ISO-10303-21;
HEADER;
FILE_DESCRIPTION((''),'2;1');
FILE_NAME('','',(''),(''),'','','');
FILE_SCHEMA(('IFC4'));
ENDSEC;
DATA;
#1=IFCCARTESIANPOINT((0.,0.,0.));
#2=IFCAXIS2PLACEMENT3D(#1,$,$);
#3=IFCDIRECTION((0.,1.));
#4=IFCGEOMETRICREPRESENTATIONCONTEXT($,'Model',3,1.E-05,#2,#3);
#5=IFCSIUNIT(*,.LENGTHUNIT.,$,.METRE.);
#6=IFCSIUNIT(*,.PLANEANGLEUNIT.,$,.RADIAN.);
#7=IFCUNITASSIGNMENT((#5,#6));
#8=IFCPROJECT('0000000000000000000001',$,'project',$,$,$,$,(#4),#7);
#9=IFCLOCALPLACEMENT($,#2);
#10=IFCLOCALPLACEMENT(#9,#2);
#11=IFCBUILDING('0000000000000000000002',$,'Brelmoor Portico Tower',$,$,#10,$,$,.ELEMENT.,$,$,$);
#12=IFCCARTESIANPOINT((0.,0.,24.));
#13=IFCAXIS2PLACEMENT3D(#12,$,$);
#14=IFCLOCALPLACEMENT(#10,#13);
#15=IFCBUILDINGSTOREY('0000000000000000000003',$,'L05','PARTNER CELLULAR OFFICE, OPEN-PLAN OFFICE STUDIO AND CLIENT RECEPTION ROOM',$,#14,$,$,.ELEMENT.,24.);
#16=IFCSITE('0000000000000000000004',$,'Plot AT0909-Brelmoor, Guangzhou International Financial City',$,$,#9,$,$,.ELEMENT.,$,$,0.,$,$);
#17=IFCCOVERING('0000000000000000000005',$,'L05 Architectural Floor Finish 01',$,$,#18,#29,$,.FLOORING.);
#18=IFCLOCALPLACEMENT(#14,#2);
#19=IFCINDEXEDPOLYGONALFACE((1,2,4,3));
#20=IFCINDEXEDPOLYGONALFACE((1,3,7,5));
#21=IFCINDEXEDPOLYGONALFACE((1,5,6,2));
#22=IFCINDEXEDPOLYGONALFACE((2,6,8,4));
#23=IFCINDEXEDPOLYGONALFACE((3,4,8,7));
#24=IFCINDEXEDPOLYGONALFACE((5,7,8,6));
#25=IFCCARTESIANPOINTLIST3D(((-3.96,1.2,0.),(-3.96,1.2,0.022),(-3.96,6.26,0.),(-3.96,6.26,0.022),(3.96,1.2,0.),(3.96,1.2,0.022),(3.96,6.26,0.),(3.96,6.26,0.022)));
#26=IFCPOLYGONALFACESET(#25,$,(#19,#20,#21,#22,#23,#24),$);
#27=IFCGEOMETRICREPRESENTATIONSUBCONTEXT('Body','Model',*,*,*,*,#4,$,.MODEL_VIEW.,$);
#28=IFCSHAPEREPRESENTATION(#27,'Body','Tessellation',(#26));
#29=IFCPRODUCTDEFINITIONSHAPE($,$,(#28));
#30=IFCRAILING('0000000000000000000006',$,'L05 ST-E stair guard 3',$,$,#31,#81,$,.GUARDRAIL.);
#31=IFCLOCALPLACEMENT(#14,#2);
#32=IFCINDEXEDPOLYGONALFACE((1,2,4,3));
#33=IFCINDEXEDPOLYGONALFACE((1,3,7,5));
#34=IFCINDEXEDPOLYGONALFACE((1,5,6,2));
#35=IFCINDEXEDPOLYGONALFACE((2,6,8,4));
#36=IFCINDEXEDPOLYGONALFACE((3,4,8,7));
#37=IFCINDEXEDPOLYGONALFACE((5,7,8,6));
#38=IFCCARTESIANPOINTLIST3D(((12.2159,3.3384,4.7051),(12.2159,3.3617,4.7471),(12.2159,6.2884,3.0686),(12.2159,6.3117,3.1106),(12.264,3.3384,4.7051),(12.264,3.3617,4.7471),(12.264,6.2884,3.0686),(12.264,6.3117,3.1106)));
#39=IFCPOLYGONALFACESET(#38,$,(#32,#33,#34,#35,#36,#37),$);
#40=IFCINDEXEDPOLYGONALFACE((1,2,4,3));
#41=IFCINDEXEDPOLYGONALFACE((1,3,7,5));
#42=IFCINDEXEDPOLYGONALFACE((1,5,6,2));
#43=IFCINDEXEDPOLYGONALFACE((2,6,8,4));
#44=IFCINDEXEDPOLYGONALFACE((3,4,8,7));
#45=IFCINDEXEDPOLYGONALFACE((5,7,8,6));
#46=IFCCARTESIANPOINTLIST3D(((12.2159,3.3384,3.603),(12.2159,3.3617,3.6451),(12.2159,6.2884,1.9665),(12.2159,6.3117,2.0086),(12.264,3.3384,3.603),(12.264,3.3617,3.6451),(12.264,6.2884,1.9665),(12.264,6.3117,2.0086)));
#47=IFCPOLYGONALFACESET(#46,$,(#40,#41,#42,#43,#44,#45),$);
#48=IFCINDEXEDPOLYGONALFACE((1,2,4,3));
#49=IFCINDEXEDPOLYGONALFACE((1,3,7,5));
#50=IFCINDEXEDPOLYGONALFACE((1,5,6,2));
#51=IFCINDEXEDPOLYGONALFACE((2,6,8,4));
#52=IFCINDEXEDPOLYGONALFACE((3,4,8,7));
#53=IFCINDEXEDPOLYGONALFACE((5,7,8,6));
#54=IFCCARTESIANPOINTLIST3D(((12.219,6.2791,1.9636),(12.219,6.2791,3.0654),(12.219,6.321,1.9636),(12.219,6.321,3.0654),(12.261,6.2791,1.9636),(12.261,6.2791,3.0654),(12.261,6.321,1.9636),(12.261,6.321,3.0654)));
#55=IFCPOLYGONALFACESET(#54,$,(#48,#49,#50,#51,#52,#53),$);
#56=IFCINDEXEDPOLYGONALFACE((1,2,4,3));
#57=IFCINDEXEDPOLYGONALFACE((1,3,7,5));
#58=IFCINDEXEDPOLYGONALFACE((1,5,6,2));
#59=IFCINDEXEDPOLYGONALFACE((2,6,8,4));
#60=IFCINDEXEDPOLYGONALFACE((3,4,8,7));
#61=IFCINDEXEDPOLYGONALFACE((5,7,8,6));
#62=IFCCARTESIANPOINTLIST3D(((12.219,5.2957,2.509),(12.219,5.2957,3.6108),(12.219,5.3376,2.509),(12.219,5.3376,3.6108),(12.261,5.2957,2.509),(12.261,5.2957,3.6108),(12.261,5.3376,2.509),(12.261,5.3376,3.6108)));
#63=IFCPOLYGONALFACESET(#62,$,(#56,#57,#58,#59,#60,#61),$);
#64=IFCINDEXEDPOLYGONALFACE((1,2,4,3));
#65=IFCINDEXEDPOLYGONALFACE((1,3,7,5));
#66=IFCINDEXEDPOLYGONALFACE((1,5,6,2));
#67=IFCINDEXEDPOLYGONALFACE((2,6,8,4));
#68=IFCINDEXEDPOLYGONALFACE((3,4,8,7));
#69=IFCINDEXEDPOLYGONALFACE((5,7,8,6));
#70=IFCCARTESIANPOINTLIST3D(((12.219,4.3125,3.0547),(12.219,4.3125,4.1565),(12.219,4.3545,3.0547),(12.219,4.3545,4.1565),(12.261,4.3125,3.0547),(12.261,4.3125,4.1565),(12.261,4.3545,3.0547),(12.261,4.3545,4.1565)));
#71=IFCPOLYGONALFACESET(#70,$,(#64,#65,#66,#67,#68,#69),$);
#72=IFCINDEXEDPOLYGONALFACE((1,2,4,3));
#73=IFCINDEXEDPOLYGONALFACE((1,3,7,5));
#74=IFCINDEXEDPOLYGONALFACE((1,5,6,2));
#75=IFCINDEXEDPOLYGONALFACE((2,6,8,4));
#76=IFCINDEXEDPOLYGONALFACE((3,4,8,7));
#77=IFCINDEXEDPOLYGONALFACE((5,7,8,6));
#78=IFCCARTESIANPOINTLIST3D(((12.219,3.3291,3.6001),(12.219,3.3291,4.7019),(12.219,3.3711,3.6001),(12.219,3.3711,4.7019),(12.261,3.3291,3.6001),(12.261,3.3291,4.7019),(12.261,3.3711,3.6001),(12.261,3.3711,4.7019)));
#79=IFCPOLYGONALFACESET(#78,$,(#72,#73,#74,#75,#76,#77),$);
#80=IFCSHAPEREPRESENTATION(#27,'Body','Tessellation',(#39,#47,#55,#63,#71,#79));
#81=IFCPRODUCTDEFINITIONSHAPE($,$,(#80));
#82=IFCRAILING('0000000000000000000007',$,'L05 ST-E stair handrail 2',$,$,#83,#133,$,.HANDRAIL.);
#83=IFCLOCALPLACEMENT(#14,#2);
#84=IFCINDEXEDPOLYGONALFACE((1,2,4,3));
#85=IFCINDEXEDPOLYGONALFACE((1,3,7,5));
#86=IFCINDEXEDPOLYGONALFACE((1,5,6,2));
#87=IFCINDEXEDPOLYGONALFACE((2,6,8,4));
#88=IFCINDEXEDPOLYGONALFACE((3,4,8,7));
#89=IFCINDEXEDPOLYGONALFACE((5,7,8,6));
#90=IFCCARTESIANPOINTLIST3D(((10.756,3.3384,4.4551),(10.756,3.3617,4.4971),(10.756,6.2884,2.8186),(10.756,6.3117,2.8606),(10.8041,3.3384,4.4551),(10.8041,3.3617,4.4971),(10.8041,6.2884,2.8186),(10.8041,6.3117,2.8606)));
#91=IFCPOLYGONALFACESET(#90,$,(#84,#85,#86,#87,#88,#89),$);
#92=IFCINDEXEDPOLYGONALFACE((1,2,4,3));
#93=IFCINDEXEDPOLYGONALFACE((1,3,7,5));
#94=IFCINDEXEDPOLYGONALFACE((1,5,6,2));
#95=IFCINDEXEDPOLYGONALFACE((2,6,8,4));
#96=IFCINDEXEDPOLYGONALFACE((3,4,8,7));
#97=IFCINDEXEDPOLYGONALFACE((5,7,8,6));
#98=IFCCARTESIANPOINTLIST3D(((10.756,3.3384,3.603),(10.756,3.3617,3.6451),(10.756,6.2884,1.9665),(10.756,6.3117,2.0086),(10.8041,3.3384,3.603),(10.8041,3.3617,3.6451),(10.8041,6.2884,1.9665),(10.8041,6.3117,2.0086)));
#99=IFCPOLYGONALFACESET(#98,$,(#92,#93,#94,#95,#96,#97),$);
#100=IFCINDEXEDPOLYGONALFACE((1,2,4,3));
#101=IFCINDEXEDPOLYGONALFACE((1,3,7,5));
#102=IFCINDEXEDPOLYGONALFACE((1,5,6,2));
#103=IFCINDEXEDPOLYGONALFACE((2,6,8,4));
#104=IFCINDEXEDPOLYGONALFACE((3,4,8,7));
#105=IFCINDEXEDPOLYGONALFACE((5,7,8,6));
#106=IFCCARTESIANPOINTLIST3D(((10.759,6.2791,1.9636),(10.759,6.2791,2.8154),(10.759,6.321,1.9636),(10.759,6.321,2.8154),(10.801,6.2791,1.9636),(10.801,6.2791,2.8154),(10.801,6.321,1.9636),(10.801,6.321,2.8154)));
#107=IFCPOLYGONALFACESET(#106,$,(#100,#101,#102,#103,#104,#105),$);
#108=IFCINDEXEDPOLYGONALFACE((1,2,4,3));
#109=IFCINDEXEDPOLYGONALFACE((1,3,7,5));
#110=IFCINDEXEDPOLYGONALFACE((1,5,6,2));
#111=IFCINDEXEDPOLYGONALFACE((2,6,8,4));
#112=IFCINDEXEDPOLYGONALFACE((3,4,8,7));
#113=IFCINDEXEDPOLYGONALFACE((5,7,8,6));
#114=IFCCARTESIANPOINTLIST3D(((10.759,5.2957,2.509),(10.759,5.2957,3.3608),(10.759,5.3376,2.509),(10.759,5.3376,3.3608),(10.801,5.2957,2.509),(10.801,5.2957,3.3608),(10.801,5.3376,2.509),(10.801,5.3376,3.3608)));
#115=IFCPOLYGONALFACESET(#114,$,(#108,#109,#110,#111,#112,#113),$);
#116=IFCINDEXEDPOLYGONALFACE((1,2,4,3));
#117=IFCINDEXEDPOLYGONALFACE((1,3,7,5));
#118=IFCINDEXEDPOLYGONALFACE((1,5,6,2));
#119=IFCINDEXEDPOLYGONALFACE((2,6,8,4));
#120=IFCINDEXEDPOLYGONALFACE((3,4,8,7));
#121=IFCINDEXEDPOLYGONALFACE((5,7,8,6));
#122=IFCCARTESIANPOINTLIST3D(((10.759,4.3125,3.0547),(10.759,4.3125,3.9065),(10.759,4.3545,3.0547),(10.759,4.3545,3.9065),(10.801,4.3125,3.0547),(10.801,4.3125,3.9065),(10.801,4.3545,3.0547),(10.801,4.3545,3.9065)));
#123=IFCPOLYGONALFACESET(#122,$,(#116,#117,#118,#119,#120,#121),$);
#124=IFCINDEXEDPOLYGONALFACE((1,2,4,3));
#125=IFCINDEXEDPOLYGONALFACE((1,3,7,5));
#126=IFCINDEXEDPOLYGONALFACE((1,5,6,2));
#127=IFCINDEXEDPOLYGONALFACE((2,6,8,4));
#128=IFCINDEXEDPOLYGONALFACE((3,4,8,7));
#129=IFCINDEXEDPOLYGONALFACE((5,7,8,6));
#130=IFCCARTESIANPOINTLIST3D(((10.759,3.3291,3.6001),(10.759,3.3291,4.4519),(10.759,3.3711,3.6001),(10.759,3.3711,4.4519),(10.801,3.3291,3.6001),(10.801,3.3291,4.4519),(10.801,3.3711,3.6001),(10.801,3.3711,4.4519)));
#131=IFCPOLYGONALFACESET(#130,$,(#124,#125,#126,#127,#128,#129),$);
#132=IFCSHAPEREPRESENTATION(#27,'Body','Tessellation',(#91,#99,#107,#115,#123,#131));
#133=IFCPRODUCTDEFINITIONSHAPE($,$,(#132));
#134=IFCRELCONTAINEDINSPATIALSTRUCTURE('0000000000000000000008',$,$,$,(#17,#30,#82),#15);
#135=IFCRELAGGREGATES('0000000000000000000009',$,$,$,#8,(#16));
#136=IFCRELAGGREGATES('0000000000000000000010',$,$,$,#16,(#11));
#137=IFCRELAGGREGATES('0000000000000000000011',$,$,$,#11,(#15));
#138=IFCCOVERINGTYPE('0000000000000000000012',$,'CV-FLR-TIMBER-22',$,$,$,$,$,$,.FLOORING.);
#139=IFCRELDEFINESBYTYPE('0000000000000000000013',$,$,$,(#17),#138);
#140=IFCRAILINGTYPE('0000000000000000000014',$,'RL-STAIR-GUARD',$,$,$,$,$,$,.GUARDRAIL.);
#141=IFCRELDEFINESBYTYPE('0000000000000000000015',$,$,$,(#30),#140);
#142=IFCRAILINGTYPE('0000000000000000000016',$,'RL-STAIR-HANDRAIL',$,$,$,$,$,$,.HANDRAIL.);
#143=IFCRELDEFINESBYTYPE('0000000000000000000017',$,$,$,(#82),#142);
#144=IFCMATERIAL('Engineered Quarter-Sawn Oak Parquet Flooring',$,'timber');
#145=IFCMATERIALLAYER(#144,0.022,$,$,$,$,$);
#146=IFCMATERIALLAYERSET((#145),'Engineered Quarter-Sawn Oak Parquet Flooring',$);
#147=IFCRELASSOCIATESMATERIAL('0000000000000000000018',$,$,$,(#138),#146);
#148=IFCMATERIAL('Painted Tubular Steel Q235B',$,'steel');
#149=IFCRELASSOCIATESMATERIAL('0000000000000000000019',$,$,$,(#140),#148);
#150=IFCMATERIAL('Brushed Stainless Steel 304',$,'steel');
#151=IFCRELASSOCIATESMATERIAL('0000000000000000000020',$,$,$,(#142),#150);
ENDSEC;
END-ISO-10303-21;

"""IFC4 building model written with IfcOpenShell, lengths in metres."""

from ifc_helpers import new_model, si_unit, direction, frame, origin, origin_2d, place, context, subcontext, project, spatial, polyline, rectangle, outline, extrude, material, layer, layer_set, type_object, element, save


model = new_model("IFC4")

# Units and contexts
model_context = context("Model", 3, precision=1e-05, world=origin(), true_north=direction((0.0, 1.0)))
body_context = subcontext(model_context, "Body", "Model", "MODEL_VIEW")
ifc_project = project(units=[si_unit("LENGTHUNIT", "METRE"), si_unit("PLANEANGLEUNIT", "RADIAN")], contexts=[model_context])

# Site, building, storey
site_placement = place(None, origin())
site = spatial("IfcSite", under=ifc_project, at=site_placement, Name="Plot AT0909-Brelmoor, Guangzhou International Financial City", CompositionType="ELEMENT", RefElevation=0.0)
building_placement = place(site_placement, origin())
building = spatial("IfcBuilding", under=site, at=building_placement, Name="Brelmoor Portico Tower", CompositionType="ELEMENT")
storey_placement = place(building_placement, frame((0.0, 0.0, 24.0)))
storey = spatial("IfcBuildingStorey", under=building, at=storey_placement, Name="L05", Description="PARTNER CELLULAR OFFICE, OPEN-PLAN OFFICE STUDIO AND CLIENT RECEPTION ROOM", CompositionType="ELEMENT", Elevation=24.0)

# Covering
ifc_material_1 = material(Name="Engineered Quarter-Sawn Oak Parquet Flooring", Category="timber")
ifc_layer_1 = layer(ifc_material_1, 0.022)
ifc_layer_set_1 = layer_set([ifc_layer_1], Name="Engineered Quarter-Sawn Oak Parquet Flooring")
covering_type_1 = type_object("IfcCoveringType", Name="CV-FLR-TIMBER-22", PredefinedType="FLOORING", material=ifc_layer_set_1)
covering_1_placement = place(storey_placement, origin())
element("IfcCovering", 1, at=covering_1_placement, inside=storey, type_object=covering_type_1, Name="L05 Architectural Floor Finish 01", PredefinedType="FLOORING", context=body_context, shape_type="SweptSolid", body=[
    extrude(outline(polyline([(-3.96, 1.2), (-3.96, 6.26), (3.96, 6.26), (3.96, 1.2), (-3.96, 1.2)])), origin(), (0.0, 0.0, 1.0), 0.022),
])

# Railings
ifc_material_2 = material(Name="Painted Tubular Steel Q235B", Category="steel")
railing_type_1 = type_object("IfcRailingType", Name="RL-STAIR-GUARD", PredefinedType="GUARDRAIL", material=ifc_material_2)
railing_1_placement = place(storey_placement, frame((12.24, 6.3, 1.9636)))
element("IfcRailing", 2, at=railing_1_placement, inside=storey, type_object=railing_type_1, Name="L05 ST-E stair guard 3", PredefinedType="GUARDRAIL", context=body_context, shape_type="SweptSolid", body=[
    extrude(rectangle(XDim=0.0481, YDim=0.0481, at=origin_2d()), frame((0.0, 0.0, 1.126), z_axis=(0.0, -0.874458, 0.485102), x_axis=(1.0, 0.0, 0.0)), (0.0, 0.0, 1.0), 3.3735),
    extrude(rectangle(XDim=0.0481, YDim=0.0481, at=origin_2d()), frame((0.0, 0.0, 0.0239), z_axis=(0.0, -0.874458, 0.485102), x_axis=(1.0, 0.0, 0.0)), (0.0, 0.0, 1.0), 3.3735),
    extrude(rectangle(XDim=0.042, YDim=0.042, at=origin_2d()), origin(), (0.0, 0.0, 1.0), 1.1018),
    extrude(rectangle(XDim=0.042, YDim=0.042, at=origin_2d()), frame((0.0, -0.9834, 0.5454)), (0.0, 0.0, 1.0), 1.1018),
    extrude(rectangle(XDim=0.042, YDim=0.042, at=origin_2d()), frame((0.0, -1.9666, 1.0911)), (0.0, 0.0, 1.0), 1.1018),
    extrude(rectangle(XDim=0.042, YDim=0.042, at=origin_2d()), frame((0.0, -2.95, 1.6365)), (0.0, 0.0, 1.0), 1.1018),
])
ifc_material_3 = material(Name="Brushed Stainless Steel 304", Category="steel")
railing_type_2 = type_object("IfcRailingType", Name="RL-STAIR-HANDRAIL", PredefinedType="HANDRAIL", material=ifc_material_3)
railing_2_placement = place(storey_placement, frame((10.78, 6.3, 1.9636)))
element("IfcRailing", 3, at=railing_2_placement, inside=storey, type_object=railing_type_2, Name="L05 ST-E stair handrail 2", PredefinedType="HANDRAIL", context=body_context, shape_type="SweptSolid", body=[
    extrude(rectangle(XDim=0.0481, YDim=0.0481, at=origin_2d()), frame((0.0, 0.0, 0.876), z_axis=(0.0, -0.874458, 0.485102), x_axis=(1.0, 0.0, 0.0)), (0.0, 0.0, 1.0), 3.3735),
    extrude(rectangle(XDim=0.0481, YDim=0.0481, at=origin_2d()), frame((0.0, 0.0, 0.0239), z_axis=(0.0, -0.874458, 0.485102), x_axis=(1.0, 0.0, 0.0)), (0.0, 0.0, 1.0), 3.3735),
    extrude(rectangle(XDim=0.042, YDim=0.042, at=origin_2d()), origin(), (0.0, 0.0, 1.0), 0.8518),
    extrude(rectangle(XDim=0.042, YDim=0.042, at=origin_2d()), frame((0.0, -0.9834, 0.5454)), (0.0, 0.0, 1.0), 0.8518),
    extrude(rectangle(XDim=0.042, YDim=0.042, at=origin_2d()), frame((0.0, -1.9666, 1.0911)), (0.0, 0.0, 1.0), 0.8518),
    extrude(rectangle(XDim=0.042, YDim=0.042, at=origin_2d()), frame((0.0, -2.95, 1.6365)), (0.0, 0.0, 1.0), 0.8518),
])

save(model, "model.ifc")
